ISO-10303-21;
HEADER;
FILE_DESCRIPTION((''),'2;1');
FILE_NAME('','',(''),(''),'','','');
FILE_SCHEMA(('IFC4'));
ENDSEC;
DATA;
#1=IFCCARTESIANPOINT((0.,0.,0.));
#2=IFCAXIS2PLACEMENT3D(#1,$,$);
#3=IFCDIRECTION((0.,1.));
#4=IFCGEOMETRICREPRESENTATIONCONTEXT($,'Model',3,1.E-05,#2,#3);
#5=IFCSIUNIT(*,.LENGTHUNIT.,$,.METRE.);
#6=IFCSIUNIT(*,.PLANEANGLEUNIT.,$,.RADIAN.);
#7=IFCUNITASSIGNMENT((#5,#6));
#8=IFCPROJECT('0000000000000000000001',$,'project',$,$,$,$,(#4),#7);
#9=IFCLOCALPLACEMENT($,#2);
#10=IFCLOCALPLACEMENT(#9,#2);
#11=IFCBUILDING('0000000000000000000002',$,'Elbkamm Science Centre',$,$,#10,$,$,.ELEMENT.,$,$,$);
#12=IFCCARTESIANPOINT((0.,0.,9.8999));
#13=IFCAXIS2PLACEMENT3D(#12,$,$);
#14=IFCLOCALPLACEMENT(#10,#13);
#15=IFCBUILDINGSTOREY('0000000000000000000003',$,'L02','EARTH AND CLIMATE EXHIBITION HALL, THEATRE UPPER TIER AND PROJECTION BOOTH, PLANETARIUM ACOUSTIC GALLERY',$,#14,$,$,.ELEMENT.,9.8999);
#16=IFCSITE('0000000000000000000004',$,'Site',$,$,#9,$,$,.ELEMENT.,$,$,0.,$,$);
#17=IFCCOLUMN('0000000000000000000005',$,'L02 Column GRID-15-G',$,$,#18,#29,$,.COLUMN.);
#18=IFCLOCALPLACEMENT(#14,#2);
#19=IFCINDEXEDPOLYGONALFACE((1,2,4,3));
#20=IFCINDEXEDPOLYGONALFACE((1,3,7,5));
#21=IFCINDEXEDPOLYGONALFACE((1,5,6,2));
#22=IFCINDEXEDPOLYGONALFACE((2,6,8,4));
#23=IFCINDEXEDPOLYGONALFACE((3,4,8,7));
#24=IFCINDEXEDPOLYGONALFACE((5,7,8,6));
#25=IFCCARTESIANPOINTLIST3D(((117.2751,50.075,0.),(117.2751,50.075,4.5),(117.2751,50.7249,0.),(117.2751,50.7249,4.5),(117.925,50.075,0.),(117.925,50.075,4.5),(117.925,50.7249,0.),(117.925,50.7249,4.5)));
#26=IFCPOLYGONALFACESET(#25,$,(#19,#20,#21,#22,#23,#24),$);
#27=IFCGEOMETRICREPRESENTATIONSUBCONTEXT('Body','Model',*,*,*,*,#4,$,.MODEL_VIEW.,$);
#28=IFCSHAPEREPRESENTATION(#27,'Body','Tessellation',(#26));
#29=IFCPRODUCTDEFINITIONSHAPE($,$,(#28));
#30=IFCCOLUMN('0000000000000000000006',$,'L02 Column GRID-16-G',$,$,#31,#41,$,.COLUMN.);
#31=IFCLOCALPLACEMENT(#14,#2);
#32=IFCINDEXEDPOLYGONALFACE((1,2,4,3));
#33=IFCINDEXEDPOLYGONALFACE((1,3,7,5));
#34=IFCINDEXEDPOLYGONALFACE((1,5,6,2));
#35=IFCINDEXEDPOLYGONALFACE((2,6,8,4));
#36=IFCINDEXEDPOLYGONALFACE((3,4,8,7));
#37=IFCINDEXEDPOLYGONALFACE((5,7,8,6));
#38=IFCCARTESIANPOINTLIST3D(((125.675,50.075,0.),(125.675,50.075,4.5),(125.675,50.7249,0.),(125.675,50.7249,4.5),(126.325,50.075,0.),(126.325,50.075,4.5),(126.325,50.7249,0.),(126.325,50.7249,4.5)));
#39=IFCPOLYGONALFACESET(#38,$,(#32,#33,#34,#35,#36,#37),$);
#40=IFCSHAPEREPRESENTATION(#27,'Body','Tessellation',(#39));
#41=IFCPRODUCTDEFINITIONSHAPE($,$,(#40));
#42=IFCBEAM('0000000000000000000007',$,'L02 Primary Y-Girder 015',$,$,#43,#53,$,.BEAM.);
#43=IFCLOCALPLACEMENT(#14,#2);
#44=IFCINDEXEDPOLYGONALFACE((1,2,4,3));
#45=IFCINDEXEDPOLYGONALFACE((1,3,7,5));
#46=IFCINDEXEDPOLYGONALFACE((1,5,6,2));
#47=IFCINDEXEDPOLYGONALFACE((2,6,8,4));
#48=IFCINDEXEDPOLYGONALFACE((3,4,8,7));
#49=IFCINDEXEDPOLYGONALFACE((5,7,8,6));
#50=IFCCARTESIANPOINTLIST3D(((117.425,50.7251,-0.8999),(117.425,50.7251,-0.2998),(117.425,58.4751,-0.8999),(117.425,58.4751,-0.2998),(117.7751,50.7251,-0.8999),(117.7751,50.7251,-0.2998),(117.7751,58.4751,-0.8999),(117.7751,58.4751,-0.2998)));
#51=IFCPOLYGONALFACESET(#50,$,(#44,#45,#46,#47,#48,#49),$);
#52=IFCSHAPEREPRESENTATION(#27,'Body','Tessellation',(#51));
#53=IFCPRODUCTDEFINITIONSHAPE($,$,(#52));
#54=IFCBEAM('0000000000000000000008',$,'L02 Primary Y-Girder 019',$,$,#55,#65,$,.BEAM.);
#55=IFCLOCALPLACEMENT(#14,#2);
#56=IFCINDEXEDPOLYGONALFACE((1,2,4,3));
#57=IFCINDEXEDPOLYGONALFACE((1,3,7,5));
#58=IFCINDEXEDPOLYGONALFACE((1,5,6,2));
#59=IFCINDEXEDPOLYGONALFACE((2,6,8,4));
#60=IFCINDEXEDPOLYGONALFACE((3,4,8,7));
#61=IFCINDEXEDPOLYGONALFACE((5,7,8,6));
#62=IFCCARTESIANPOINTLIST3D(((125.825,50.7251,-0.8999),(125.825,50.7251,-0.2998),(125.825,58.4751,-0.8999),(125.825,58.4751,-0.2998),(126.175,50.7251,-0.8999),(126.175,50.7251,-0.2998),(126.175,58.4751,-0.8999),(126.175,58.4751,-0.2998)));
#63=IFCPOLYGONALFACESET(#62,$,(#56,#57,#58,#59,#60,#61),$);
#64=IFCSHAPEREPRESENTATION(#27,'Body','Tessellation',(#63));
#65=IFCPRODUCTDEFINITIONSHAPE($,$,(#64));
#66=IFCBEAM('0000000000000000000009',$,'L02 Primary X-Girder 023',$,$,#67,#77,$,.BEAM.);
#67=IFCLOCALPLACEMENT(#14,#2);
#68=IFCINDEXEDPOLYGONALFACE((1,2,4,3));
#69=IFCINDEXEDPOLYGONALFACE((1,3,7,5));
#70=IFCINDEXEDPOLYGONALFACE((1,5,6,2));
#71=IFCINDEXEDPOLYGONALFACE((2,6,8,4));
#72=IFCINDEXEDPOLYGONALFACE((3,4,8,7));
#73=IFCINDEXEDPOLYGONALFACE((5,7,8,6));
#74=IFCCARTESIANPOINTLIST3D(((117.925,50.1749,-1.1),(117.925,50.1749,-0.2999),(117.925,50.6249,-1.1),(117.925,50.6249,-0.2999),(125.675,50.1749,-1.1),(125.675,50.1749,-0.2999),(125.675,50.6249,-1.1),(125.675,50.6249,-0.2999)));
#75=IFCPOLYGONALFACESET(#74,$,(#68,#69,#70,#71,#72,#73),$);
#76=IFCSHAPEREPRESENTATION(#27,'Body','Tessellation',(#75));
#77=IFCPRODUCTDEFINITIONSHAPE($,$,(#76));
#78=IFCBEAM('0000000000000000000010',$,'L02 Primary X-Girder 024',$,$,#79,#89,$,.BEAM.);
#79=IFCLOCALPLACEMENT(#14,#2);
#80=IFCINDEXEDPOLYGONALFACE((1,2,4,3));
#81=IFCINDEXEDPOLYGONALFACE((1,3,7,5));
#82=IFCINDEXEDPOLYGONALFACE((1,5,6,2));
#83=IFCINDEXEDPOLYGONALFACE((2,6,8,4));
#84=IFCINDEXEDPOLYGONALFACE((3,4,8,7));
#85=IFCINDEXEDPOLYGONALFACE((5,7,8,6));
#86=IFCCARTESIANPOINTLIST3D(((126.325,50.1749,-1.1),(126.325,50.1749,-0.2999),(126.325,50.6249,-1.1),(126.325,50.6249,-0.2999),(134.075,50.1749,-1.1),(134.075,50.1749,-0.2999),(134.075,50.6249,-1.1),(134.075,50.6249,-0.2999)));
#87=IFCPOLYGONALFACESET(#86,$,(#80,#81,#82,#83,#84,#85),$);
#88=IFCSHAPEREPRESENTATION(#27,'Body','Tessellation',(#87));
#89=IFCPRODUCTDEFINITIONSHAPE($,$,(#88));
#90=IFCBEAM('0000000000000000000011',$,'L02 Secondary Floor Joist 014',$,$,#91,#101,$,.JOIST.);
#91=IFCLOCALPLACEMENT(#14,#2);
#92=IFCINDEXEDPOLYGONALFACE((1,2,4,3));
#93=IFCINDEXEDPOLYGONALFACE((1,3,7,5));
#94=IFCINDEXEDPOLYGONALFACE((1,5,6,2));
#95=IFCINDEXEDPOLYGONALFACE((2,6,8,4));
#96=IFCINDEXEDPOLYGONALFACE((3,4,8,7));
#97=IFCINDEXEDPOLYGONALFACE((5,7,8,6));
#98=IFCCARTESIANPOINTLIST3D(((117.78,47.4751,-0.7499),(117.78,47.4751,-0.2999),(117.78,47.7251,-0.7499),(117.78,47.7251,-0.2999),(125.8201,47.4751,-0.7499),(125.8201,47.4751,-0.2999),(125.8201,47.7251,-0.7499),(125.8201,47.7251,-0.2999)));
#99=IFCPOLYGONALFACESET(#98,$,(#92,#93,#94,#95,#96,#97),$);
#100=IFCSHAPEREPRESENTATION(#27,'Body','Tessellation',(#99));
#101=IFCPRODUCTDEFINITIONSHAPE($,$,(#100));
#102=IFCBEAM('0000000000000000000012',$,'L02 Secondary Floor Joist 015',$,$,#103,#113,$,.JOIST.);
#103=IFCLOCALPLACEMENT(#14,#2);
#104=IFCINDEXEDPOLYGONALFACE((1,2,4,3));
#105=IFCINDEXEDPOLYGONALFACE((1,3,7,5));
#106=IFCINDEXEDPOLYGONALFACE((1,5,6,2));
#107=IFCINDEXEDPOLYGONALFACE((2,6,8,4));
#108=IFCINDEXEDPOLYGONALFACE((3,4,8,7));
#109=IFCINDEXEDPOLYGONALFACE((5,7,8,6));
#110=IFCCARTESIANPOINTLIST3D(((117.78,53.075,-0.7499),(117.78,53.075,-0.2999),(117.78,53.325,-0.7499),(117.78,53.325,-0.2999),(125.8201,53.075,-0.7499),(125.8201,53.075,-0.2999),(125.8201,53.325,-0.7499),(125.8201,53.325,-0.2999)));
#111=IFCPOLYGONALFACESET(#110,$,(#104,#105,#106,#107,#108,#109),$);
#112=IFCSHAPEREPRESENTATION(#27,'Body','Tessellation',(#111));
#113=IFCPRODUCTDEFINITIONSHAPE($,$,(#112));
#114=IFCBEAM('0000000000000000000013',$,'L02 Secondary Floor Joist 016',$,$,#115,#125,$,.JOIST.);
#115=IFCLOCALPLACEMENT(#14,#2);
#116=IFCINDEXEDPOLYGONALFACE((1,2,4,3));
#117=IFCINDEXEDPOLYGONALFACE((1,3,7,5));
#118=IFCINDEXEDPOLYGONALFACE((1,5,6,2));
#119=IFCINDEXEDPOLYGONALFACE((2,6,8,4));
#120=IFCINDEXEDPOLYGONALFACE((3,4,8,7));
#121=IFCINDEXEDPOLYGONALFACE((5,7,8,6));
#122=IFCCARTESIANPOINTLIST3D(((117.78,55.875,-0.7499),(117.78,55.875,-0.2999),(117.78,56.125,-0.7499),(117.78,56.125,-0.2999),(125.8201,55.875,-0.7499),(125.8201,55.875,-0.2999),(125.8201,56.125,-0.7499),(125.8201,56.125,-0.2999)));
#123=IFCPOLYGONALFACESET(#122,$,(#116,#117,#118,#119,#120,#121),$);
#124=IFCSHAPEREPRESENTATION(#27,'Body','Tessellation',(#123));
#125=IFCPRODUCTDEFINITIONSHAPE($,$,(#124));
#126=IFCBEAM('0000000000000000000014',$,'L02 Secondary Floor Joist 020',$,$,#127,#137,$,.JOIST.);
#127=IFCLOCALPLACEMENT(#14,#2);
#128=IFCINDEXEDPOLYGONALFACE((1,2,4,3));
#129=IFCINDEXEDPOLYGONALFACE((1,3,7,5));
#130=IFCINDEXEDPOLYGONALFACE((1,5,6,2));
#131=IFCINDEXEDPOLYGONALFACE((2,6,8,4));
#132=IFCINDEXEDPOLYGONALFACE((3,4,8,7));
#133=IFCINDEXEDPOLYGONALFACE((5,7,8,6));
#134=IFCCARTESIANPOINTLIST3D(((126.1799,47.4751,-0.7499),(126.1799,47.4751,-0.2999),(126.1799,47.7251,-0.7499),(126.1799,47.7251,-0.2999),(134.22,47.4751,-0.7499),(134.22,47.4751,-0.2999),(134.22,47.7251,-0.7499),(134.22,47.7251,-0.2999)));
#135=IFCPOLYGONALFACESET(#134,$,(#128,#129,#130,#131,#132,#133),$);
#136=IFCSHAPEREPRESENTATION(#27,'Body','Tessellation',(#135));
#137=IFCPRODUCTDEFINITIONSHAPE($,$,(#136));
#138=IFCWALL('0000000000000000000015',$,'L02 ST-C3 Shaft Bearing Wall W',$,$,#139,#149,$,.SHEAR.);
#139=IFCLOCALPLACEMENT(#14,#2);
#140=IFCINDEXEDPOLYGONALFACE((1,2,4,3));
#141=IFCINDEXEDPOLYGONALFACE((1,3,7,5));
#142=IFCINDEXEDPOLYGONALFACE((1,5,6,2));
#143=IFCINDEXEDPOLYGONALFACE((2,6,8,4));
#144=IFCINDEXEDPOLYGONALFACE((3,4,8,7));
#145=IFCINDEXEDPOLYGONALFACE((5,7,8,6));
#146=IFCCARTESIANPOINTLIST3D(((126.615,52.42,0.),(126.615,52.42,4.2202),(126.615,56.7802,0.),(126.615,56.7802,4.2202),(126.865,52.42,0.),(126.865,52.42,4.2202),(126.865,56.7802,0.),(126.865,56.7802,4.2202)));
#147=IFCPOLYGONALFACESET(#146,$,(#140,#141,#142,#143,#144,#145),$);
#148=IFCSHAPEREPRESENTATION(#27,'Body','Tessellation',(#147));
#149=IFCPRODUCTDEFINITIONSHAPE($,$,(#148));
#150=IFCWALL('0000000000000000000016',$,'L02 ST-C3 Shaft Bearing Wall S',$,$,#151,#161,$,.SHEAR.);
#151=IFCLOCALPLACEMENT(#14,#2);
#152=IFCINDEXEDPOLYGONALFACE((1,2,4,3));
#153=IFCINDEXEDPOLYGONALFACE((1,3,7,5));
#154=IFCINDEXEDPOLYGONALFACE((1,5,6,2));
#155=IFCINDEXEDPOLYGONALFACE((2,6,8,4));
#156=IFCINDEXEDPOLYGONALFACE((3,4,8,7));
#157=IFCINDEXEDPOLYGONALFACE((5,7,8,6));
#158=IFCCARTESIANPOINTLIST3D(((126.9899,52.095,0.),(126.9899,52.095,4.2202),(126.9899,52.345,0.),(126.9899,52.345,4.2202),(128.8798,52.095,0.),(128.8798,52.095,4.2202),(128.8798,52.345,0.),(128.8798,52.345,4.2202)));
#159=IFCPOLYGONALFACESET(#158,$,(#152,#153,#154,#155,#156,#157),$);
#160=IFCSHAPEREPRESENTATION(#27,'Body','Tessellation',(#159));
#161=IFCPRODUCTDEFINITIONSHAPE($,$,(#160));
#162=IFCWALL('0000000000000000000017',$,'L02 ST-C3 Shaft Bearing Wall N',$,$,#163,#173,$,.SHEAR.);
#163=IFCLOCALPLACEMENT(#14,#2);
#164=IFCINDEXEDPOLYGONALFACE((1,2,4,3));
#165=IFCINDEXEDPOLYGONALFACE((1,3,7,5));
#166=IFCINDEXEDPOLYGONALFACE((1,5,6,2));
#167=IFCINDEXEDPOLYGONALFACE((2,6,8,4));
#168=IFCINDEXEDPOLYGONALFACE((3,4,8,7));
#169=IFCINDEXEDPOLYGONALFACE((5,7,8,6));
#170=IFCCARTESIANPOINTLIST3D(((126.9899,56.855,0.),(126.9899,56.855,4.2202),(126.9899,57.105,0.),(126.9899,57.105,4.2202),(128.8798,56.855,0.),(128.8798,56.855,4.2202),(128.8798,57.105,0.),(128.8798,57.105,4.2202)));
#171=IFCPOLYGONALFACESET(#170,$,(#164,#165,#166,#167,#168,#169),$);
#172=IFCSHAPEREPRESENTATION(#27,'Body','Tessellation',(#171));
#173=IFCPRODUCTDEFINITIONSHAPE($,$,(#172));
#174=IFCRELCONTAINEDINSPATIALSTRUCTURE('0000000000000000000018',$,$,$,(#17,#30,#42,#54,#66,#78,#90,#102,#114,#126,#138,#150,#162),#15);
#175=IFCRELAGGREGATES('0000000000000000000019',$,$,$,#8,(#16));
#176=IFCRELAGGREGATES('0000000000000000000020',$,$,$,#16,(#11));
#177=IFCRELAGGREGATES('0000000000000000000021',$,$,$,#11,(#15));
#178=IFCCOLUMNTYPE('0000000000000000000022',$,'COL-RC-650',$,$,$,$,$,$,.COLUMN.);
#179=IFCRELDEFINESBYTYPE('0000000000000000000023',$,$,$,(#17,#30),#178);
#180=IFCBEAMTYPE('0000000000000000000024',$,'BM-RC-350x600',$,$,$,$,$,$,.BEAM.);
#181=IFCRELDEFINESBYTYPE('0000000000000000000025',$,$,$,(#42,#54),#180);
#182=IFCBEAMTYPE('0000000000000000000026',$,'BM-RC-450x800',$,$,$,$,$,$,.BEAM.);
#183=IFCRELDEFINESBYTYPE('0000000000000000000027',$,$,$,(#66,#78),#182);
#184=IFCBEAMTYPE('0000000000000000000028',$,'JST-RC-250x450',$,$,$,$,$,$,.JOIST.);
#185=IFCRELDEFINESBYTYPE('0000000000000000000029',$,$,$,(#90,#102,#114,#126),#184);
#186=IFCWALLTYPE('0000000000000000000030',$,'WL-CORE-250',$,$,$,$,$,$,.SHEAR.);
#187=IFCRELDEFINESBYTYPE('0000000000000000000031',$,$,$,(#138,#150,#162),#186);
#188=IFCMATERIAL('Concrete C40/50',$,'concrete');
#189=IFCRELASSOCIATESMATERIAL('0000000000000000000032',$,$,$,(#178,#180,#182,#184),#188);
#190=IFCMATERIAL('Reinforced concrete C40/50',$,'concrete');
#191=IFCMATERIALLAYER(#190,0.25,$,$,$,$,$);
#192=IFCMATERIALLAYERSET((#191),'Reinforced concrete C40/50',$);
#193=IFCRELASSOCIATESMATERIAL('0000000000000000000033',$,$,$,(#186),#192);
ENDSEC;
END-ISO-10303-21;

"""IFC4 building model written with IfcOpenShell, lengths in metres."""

from ifc_helpers import new_model, si_unit, direction, frame, frame_2d, origin, origin_2d, place, context, subcontext, project, spatial, rectangle, extrude, material, layer, layer_set, material_profile, profile_set, type_object, element, save


model = new_model("IFC4")

# Units and contexts
model_context = context("Model", 3, precision=1e-05, world=origin(), true_north=direction((0.0, 1.0)))
body_context = subcontext(model_context, "Body", "Model", "MODEL_VIEW")
ifc_project = project(units=[si_unit("LENGTHUNIT", "METRE"), si_unit("PLANEANGLEUNIT", "RADIAN")], contexts=[model_context])

# Site, building, storey
site_placement = place(None, origin())
site = spatial("IfcSite", under=ifc_project, at=site_placement, Name="Site", CompositionType="ELEMENT", RefElevation=0.0)
building_placement = place(site_placement, origin())
building = spatial("IfcBuilding", under=site, at=building_placement, Name="Elbkamm Science Centre", CompositionType="ELEMENT")
storey_placement = place(building_placement, frame((0.0, 0.0, 9.8999)))
storey = spatial("IfcBuildingStorey", under=building, at=storey_placement, Name="L02", Description="EARTH AND CLIMATE EXHIBITION HALL, THEATRE UPPER TIER AND PROJECTION BOOTH, PLANETARIUM ACOUSTIC GALLERY", CompositionType="ELEMENT", Elevation=9.8999)

# Columns
ifc_material_1 = material(Name="Concrete C40/50", Category="concrete")
ifc_material_profile_1 = material_profile(ifc_material_1, rectangle(XDim=0.6499, YDim=0.6499, at=origin_2d()), Name="RC 650x650")
ifc_profile_set_1 = profile_set([ifc_material_profile_1], Name="Concrete C40/50")
column_type = type_object("IfcColumnType", Name="COL-RC-650", PredefinedType="COLUMN", material=ifc_profile_set_1)
for number, where, z_axis, x_axis, name in (
    (1, (117.6001, 50.3999, 0.0), (0.0, 0.0, 1.0), (1.0, 0.0, 0.0), "L02 Column GRID-15-G"),
    (2, (126.0, 50.3999, 0.0), (0.0, 0.0, 1.0), (1.0, 0.0, 0.0), "L02 Column GRID-16-G"),
):
    element("IfcColumn", number, at=place(storey_placement, frame(where, z_axis=z_axis, x_axis=x_axis)), inside=storey, type_object=column_type, Name=name, PredefinedType="COLUMN", context=body_context, shape_type="SweptSolid", body=[
        extrude(rectangle(XDim=0.6499, YDim=0.6499, at=origin_2d()), origin(), (0.0, 0.0, 1.0), 4.5),
    ])

# Beams
ifc_material_profile_2 = material_profile(ifc_material_1, rectangle(XDim=0.3501, YDim=0.6001, at=origin_2d()), Name="RC 350x600")
ifc_profile_set_2 = profile_set([ifc_material_profile_2], Name="Concrete C40/50")
beam_type_1 = type_object("IfcBeamType", Name="BM-RC-350x600", PredefinedType="BEAM", material=ifc_profile_set_2)
for number, where, z_axis, x_axis, name in (
    (3, (117.6001, 50.7251, -0.5999), (0.0, 1.0, 0.0), (-1.0, 0.0, 0.0), "L02 Primary Y-Girder 015"),
    (4, (126.0, 50.7251, -0.5999), (0.0, 1.0, 0.0), (-1.0, 0.0, 0.0), "L02 Primary Y-Girder 019"),
):
    element("IfcBeam", number, at=place(storey_placement, frame(where, z_axis=z_axis, x_axis=x_axis)), inside=storey, type_object=beam_type_1, Name=name, PredefinedType="BEAM", context=body_context, shape_type="SweptSolid", body=[
        extrude(rectangle(XDim=0.3501, YDim=0.6001, at=origin_2d()), origin(), (0.0, 0.0, 1.0), 7.75),
    ])
ifc_material_profile_3 = material_profile(ifc_material_1, rectangle(XDim=0.45, YDim=0.8, at=origin_2d()), Name="RC 450x800")
ifc_profile_set_3 = profile_set([ifc_material_profile_3], Name="Concrete C40/50")
beam_type_2 = type_object("IfcBeamType", Name="BM-RC-450x800", PredefinedType="BEAM", material=ifc_profile_set_3)
for number, where, z_axis, x_axis, name in (
    (5, (117.925, 50.3999, -0.7), (1.0, 0.0, 0.0), (0.0, 1.0, 0.0), "L02 Primary X-Girder 023"),
    (6, (126.325, 50.3999, -0.7), (1.0, 0.0, 0.0), (0.0, 1.0, 0.0), "L02 Primary X-Girder 024"),
):
    element("IfcBeam", number, at=place(storey_placement, frame(where, z_axis=z_axis, x_axis=x_axis)), inside=storey, type_object=beam_type_2, Name=name, PredefinedType="BEAM", context=body_context, shape_type="SweptSolid", body=[
        extrude(rectangle(XDim=0.45, YDim=0.8, at=origin_2d()), origin(), (0.0, 0.0, 1.0), 7.75),
    ])
ifc_material_profile_4 = material_profile(ifc_material_1, rectangle(XDim=0.25, YDim=0.45, at=origin_2d()), Name="RC 250x450")
ifc_profile_set_4 = profile_set([ifc_material_profile_4], Name="Concrete C40/50")
beam_type_3 = type_object("IfcBeamType", Name="JST-RC-250x450", PredefinedType="JOIST", material=ifc_profile_set_4)
for number, where, z_axis, x_axis, name in (
    (7, (117.78, 47.6001, -0.5249), (1.0, 0.0, 0.0), (0.0, 1.0, 0.0), "L02 Secondary Floor Joist 014"),
    (8, (117.78, 53.2, -0.5249), (1.0, 0.0, 0.0), (0.0, 1.0, 0.0), "L02 Secondary Floor Joist 015"),
    (9, (117.78, 56.0, -0.5249), (1.0, 0.0, 0.0), (0.0, 1.0, 0.0), "L02 Secondary Floor Joist 016"),
    (10, (126.1799, 47.6001, -0.5249), (1.0, 0.0, 0.0), (0.0, 1.0, 0.0), "L02 Secondary Floor Joist 020"),
):
    element("IfcBeam", number, at=place(storey_placement, frame(where, z_axis=z_axis, x_axis=x_axis)), inside=storey, type_object=beam_type_3, Name=name, PredefinedType="JOIST", context=body_context, shape_type="SweptSolid", body=[
        extrude(rectangle(XDim=0.25, YDim=0.45, at=origin_2d()), origin(), (0.0, 0.0, 1.0), 8.04),
    ])

# Walls
ifc_material_2 = material(Name="Reinforced concrete C40/50", Category="concrete")
ifc_layer_1 = layer(ifc_material_2, 0.25)
ifc_layer_set_1 = layer_set([ifc_layer_1], Name="Reinforced concrete C40/50")
wall_type_1 = type_object("IfcWallType", Name="WL-CORE-250", PredefinedType="SHEAR", material=ifc_layer_set_1)
wall_1_placement = place(storey_placement, frame((126.74, 52.4199, 0.0), z_axis=(0.0, 0.0, 1.0), x_axis=(0.0, 1.0, 0.0)))
element("IfcWall", 11, at=wall_1_placement, inside=storey, type_object=wall_type_1, Name="L02 ST-C3 Shaft Bearing Wall W", PredefinedType="SHEAR", context=body_context, shape_type="SweptSolid", body=[
    extrude(rectangle(XDim=4.3601, YDim=0.25, at=frame_2d((2.1802, 0.0))), origin(), (0.0, 0.0, 1.0), 4.2202),
])
for number, where, z_axis, x_axis, name in (
    (12, (126.99, 52.22, 0.0), (0.0, 0.0, 1.0), (1.0, 0.0, 0.0), "L02 ST-C3 Shaft Bearing Wall S"),
    (13, (126.99, 56.98, 0.0), (0.0, 0.0, 1.0), (1.0, 0.0, 0.0), "L02 ST-C3 Shaft Bearing Wall N"),
):
    element("IfcWall", number, at=place(storey_placement, frame(where, z_axis=z_axis, x_axis=x_axis)), inside=storey, type_object=wall_type_1, Name=name, PredefinedType="SHEAR", context=body_context, shape_type="SweptSolid", body=[
        extrude(rectangle(XDim=1.8899, YDim=0.25, at=frame_2d((0.9448, 0.0))), origin(), (0.0, 0.0, 1.0), 4.2202),
    ])

save(model, "model.ifc")
